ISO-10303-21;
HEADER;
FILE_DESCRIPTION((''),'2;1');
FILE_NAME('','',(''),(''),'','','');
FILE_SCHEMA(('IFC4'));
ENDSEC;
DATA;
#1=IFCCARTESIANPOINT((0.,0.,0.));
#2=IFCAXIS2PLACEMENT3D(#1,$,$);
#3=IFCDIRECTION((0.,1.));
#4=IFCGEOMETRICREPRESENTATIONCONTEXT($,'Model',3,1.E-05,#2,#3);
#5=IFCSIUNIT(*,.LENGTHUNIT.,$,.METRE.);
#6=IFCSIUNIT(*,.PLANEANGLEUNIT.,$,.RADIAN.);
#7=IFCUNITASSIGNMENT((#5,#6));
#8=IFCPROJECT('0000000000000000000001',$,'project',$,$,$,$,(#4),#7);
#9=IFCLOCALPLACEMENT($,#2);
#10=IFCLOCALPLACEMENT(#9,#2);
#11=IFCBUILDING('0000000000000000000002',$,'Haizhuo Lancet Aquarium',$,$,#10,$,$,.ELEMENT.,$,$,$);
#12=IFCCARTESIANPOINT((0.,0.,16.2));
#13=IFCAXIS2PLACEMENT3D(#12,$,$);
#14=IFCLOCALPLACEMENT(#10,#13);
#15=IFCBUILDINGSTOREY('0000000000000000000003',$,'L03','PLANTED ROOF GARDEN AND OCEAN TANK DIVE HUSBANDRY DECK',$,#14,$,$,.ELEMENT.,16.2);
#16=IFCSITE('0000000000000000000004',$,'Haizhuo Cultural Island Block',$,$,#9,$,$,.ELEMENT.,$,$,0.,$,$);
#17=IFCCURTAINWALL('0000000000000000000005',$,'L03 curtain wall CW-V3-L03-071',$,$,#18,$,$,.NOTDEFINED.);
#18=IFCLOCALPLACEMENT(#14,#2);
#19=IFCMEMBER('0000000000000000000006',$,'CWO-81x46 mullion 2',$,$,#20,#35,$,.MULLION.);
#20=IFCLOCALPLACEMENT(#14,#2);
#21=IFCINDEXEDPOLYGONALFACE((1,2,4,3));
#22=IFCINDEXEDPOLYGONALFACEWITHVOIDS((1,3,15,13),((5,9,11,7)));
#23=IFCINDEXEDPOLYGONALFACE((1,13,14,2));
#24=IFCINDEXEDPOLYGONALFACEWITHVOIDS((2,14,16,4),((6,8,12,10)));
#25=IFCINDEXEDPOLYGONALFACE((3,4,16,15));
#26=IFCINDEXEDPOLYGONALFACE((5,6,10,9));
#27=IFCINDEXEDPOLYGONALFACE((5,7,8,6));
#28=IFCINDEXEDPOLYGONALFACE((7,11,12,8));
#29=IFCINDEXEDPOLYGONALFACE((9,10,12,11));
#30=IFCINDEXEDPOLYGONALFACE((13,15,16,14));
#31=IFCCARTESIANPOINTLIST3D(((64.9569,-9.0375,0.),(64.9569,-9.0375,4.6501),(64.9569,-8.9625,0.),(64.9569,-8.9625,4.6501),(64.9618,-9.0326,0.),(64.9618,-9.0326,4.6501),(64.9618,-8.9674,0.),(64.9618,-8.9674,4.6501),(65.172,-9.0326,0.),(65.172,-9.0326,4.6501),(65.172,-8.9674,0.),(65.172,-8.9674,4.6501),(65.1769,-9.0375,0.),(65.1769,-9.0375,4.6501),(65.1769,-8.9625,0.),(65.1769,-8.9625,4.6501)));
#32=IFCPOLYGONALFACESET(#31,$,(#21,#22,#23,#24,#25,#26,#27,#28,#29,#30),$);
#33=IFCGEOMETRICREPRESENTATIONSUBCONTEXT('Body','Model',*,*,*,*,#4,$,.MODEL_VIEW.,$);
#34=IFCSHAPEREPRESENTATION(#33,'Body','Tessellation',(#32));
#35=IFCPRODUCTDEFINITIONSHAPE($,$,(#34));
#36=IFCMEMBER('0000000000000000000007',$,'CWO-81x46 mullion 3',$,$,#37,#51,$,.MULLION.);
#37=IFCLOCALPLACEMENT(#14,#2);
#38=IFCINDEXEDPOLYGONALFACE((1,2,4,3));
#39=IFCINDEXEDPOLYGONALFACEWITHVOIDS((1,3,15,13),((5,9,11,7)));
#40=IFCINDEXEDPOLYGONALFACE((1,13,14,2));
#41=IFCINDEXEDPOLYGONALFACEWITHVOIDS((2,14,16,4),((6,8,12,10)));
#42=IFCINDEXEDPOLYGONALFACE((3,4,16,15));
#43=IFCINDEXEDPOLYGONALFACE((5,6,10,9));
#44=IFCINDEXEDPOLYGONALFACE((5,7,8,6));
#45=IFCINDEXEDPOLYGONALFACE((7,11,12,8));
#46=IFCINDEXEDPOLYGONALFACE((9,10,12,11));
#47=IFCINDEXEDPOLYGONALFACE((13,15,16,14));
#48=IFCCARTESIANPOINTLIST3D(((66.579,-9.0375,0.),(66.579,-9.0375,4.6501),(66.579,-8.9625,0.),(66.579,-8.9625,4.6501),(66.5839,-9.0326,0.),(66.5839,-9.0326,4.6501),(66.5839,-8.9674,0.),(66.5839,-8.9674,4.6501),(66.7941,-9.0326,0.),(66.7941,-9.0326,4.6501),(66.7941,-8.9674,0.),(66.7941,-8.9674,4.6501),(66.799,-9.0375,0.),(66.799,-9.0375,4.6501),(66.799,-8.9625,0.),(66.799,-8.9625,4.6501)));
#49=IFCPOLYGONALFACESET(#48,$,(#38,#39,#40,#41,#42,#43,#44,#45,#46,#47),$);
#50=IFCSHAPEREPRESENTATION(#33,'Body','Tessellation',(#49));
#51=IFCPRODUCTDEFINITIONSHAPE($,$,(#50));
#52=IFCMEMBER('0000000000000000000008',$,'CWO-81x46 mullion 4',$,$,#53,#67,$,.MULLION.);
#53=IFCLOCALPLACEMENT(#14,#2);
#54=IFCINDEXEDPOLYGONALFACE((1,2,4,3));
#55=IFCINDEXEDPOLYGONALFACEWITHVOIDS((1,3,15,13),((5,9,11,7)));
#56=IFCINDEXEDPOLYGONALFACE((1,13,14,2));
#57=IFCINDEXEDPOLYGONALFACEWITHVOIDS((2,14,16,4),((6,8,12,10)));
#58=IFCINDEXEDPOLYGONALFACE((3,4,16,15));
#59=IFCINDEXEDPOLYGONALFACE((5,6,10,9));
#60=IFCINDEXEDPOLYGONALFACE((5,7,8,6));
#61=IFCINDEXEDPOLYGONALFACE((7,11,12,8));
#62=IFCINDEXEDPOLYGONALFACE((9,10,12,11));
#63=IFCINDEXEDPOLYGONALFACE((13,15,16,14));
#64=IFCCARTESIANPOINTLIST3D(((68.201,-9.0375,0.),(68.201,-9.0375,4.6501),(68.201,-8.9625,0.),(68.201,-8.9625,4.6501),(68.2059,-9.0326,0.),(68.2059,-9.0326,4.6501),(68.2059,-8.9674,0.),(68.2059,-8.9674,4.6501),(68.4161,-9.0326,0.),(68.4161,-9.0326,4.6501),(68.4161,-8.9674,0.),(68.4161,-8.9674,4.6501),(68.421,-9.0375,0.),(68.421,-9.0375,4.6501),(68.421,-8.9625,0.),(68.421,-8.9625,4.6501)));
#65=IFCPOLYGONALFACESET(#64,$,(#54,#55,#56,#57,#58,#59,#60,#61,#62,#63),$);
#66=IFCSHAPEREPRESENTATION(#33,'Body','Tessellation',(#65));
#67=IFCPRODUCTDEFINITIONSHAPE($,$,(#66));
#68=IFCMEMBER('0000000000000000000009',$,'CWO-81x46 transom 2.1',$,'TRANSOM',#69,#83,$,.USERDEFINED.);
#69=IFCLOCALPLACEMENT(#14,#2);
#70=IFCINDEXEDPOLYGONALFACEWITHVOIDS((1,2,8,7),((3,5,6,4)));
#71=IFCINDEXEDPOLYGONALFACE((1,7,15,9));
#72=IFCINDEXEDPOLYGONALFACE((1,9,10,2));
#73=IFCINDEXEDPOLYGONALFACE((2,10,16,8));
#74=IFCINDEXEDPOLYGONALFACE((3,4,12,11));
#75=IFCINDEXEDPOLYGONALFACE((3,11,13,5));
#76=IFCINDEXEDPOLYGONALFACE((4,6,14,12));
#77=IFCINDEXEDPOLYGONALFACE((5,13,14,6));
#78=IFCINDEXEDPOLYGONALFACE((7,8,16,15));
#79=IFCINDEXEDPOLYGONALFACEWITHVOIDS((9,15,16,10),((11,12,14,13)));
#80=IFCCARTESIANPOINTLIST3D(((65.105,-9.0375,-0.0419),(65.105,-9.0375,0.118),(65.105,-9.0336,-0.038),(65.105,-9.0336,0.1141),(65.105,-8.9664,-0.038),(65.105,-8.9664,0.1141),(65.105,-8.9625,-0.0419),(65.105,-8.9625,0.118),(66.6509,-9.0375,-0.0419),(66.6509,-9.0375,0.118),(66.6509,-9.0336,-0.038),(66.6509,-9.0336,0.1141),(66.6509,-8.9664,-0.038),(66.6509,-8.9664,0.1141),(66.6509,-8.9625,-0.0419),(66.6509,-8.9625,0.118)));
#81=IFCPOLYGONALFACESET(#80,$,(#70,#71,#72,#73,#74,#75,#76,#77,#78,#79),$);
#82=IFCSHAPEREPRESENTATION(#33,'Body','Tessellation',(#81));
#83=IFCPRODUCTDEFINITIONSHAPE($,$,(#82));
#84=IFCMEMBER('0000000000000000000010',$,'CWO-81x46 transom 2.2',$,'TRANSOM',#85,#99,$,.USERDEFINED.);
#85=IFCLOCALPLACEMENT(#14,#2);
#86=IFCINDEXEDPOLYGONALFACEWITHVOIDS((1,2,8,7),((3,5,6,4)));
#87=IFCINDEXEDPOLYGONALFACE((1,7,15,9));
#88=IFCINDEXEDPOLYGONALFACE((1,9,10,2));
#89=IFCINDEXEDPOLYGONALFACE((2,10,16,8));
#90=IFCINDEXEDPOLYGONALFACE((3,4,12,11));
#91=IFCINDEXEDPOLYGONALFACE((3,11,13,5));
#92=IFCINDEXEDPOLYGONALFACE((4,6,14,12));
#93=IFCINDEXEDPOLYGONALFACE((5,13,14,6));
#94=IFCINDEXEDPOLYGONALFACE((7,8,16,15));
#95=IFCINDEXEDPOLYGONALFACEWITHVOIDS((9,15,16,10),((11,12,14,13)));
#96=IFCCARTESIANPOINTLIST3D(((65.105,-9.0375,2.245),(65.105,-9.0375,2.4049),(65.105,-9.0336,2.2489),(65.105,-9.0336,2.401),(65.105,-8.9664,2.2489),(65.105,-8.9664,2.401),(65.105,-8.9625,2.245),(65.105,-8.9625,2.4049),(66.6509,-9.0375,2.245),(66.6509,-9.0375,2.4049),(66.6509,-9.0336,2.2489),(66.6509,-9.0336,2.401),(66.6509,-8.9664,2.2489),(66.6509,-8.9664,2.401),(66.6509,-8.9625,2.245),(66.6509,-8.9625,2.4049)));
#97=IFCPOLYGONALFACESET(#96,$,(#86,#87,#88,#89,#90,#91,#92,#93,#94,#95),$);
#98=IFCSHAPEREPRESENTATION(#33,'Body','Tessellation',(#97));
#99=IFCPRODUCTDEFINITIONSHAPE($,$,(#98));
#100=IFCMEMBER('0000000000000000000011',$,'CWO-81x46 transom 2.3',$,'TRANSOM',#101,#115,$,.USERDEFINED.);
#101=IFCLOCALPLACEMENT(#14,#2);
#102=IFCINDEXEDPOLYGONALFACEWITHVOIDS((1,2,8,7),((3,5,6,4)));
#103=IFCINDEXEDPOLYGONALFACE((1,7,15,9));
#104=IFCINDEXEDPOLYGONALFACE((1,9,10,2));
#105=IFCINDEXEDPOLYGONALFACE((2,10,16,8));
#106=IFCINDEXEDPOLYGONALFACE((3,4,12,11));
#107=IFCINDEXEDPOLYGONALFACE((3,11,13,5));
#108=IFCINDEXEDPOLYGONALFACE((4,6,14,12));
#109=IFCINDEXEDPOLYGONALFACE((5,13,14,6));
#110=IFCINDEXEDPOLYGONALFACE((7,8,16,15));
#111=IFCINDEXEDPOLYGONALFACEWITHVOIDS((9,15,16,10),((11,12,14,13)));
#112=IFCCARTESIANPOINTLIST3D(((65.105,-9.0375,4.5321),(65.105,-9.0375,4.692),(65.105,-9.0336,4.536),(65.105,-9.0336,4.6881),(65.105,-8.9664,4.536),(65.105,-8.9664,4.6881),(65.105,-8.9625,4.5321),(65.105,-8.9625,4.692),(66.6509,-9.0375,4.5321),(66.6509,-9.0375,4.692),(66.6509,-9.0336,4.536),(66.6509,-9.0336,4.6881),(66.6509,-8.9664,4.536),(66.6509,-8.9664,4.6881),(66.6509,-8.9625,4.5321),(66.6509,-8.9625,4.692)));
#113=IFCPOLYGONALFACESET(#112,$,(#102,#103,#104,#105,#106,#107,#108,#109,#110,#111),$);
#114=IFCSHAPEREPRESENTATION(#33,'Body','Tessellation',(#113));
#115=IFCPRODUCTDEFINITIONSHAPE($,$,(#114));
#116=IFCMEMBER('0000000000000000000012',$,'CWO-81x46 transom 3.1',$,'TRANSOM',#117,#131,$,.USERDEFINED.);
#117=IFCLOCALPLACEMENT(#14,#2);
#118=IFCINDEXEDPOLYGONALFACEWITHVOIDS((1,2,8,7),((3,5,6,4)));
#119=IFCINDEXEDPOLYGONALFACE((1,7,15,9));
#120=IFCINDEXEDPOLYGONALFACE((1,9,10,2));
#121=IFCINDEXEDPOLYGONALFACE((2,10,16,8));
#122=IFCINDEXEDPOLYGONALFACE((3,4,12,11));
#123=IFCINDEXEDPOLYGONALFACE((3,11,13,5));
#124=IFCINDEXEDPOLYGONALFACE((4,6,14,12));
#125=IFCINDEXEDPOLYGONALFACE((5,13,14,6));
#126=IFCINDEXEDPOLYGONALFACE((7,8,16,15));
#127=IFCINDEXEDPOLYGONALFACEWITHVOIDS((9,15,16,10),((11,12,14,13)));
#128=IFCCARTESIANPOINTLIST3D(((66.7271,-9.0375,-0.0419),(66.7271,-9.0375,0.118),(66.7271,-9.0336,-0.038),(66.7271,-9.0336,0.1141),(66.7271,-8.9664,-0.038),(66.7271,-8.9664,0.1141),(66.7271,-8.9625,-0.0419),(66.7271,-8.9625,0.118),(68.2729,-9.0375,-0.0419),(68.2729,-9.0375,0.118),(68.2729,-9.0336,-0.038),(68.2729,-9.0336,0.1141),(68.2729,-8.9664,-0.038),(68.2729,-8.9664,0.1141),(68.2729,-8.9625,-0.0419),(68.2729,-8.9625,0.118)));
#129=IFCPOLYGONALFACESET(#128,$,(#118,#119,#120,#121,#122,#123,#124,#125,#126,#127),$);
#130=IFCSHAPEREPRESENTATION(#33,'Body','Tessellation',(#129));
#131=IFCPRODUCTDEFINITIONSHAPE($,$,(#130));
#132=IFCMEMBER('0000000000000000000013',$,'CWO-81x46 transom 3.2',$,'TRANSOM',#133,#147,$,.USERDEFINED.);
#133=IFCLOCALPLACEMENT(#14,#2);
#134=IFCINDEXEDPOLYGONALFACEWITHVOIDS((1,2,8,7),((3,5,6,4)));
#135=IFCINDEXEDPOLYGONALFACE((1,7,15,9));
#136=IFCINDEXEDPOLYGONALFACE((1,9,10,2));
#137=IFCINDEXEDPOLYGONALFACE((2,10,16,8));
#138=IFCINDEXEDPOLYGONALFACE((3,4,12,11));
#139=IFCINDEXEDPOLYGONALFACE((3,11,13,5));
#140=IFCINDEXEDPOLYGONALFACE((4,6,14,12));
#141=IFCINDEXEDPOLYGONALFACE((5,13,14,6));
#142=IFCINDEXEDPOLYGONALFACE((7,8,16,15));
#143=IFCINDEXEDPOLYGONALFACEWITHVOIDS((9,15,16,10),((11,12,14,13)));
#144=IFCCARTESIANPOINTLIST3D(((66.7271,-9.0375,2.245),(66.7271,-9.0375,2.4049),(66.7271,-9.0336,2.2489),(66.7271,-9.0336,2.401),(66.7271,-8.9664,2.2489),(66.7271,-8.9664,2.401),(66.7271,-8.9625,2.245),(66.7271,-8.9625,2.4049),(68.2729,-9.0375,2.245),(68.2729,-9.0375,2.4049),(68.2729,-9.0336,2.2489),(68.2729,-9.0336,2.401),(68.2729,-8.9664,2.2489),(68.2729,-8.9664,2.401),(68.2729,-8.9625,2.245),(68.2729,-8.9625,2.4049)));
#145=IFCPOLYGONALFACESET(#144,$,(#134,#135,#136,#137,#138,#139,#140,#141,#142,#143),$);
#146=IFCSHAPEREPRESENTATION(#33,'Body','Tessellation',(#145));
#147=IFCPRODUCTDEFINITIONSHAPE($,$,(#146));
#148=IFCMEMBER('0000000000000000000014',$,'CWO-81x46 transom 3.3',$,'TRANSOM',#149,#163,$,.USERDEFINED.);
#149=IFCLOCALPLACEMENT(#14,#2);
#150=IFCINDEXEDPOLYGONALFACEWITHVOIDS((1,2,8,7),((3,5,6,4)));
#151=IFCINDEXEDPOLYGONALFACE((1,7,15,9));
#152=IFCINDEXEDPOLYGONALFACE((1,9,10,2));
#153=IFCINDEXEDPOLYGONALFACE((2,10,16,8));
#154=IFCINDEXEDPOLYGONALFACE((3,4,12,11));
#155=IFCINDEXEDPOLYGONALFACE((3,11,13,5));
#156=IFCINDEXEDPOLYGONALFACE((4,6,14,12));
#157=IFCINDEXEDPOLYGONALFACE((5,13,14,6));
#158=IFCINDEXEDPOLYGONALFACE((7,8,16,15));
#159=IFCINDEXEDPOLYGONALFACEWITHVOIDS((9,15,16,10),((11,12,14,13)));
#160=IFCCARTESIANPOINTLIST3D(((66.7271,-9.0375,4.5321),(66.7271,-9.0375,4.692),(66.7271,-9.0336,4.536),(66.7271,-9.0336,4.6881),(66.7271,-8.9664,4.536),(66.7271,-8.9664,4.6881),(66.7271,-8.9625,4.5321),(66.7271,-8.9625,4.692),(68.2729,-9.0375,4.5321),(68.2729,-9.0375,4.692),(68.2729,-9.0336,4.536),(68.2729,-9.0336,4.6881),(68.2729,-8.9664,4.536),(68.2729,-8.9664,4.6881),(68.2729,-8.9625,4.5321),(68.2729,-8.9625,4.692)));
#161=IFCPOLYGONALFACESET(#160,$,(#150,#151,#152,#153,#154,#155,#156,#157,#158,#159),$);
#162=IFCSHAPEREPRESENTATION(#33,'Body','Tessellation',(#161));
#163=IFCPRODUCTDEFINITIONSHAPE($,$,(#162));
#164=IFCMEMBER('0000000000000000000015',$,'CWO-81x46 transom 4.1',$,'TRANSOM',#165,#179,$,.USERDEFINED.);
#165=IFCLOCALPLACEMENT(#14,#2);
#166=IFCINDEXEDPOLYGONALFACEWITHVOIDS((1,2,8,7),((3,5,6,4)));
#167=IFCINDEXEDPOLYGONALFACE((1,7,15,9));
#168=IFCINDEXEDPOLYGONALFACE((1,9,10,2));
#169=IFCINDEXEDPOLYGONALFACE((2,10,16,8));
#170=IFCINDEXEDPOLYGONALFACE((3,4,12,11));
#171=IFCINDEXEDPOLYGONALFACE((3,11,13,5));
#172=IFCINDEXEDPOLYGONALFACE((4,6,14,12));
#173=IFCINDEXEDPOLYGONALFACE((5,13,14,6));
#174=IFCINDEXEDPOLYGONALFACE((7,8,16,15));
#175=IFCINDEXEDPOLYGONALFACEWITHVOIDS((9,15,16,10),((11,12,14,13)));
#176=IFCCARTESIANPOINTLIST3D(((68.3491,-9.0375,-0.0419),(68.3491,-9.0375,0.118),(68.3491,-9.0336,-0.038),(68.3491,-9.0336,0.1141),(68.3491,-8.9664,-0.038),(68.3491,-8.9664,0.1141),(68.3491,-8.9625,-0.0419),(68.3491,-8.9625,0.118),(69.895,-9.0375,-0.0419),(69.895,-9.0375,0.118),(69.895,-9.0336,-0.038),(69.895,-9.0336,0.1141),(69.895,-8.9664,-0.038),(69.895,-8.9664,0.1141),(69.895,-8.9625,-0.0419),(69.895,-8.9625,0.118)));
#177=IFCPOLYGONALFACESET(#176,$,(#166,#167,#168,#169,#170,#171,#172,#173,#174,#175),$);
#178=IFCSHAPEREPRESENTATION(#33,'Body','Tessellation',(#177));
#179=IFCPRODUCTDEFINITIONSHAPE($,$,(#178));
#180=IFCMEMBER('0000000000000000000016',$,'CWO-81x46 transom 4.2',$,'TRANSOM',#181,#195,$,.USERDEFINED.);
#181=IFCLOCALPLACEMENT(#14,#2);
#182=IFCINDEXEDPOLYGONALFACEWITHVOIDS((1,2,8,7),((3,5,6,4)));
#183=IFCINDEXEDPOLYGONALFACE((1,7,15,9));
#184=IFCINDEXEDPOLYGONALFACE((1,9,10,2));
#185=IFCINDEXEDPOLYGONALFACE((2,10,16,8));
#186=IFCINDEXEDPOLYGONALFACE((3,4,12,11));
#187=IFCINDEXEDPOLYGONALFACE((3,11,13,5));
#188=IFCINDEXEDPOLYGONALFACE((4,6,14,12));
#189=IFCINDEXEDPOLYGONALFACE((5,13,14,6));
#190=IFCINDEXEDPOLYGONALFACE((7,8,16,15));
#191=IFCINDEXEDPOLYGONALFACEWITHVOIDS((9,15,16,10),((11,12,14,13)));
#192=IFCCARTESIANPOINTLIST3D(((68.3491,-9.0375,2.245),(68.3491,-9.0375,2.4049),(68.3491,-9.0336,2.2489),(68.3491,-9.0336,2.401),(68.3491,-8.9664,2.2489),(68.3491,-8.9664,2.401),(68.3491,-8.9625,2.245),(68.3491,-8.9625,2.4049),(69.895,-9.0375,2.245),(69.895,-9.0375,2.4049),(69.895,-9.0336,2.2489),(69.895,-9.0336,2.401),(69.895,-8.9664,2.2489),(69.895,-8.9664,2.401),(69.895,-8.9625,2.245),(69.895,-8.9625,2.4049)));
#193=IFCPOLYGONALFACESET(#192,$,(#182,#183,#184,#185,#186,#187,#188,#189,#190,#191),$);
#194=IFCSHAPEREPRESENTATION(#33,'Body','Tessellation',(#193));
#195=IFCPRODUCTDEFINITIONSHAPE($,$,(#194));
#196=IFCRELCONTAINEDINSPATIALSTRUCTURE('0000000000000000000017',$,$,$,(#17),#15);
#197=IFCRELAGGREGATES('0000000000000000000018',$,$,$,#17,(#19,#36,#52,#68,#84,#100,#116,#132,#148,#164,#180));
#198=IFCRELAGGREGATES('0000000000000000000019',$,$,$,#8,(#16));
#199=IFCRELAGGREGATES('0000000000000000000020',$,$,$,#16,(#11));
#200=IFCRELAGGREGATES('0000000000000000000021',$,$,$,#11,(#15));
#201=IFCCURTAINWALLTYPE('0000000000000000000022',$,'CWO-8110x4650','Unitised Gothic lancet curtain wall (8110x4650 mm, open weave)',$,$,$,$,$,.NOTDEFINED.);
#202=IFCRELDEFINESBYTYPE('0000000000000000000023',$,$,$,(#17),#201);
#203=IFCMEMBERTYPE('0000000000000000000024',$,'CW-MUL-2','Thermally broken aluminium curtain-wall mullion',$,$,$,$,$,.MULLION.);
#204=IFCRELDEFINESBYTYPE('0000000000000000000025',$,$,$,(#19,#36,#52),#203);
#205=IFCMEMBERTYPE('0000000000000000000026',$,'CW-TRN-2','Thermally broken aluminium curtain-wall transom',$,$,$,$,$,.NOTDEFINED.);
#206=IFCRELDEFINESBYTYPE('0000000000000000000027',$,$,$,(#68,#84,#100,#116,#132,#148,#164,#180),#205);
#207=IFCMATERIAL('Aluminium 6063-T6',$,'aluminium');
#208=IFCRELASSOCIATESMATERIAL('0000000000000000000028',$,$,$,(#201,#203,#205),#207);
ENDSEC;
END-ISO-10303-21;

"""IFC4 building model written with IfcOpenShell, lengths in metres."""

from ifc_helpers import new_model, si_unit, direction, frame, origin, origin_2d, place, context, subcontext, project, spatial, hollow_rectangle, extrude, material, material_profile, profile_set, type_object, element, aggregate, save


model = new_model("IFC4")

# Units and contexts
model_context = context("Model", 3, precision=1e-05, world=origin(), true_north=direction((0.0, 1.0)))
body_context = subcontext(model_context, "Body", "Model", "MODEL_VIEW")
ifc_project = project(units=[si_unit("LENGTHUNIT", "METRE"), si_unit("PLANEANGLEUNIT", "RADIAN")], contexts=[model_context])

# Site, building, storey
site_placement = place(None, origin())
site = spatial("IfcSite", under=ifc_project, at=site_placement, Name="Haizhuo Cultural Island Block", CompositionType="ELEMENT", RefElevation=0.0)
building_placement = place(site_placement, origin())
building = spatial("IfcBuilding", under=site, at=building_placement, Name="Haizhuo Lancet Aquarium", CompositionType="ELEMENT")
storey_placement = place(building_placement, frame((0.0, 0.0, 16.2)))
storey = spatial("IfcBuildingStorey", under=building, at=storey_placement, Name="L03", Description="PLANTED ROOF GARDEN AND OCEAN TANK DIVE HUSBANDRY DECK", CompositionType="ELEMENT", Elevation=16.2)

# Curtain wall, members
ifc_material_1 = material(Name="Aluminium 6063-T6", Category="aluminium")
curtain_wall_type = type_object("IfcCurtainWallType", Name="CWO-8110x4650", Description="Unitised Gothic lancet curtain wall (8110x4650 mm, open weave)", PredefinedType="NOTDEFINED", material=ifc_material_1)
curtain_wall_placement = place(storey_placement, origin())
curtain_wall = element("IfcCurtainWall", 1, at=curtain_wall_placement, inside=storey, type_object=curtain_wall_type, Name="L03 curtain wall CW-V3-L03-071", PredefinedType="NOTDEFINED")
ifc_material_profile_1 = material_profile(ifc_material_1, hollow_rectangle(XDim=0.075, YDim=0.22, WallThickness=0.0049, at=origin_2d()), Name="ALU-M 75x220x5")
ifc_profile_set_1 = profile_set([ifc_material_profile_1], Name="Aluminium 6063-T6")
member_type_1 = type_object("IfcMemberType", Name="CW-MUL-2", Description="Thermally broken aluminium curtain-wall mullion", PredefinedType="MULLION", material=ifc_profile_set_1)
member_1_placement = place(storey_placement, frame((65.0669, -9.0, 0.0), z_axis=(0.0, 0.0, 1.0), x_axis=(0.0, 1.0, 0.0)))
member_1 = element("IfcMember", 2, at=member_1_placement, type_object=member_type_1, Name="CWO-81x46 mullion 2", PredefinedType="MULLION", context=body_context, shape_type="SweptSolid", body=[
    extrude(hollow_rectangle(XDim=0.075, YDim=0.22, WallThickness=0.0049, at=origin_2d()), origin(), (0.0, 0.0, 1.0), 4.6501),
])
member_2_placement = place(storey_placement, frame((66.689, -9.0, 0.0), z_axis=(0.0, 0.0, 1.0), x_axis=(0.0, 1.0, 0.0)))
member_2 = element("IfcMember", 3, at=member_2_placement, type_object=member_type_1, Name="CWO-81x46 mullion 3", PredefinedType="MULLION", context=body_context, shape_type="SweptSolid", body=[
    extrude(hollow_rectangle(XDim=0.075, YDim=0.22, WallThickness=0.0049, at=origin_2d()), origin(), (0.0, 0.0, 1.0), 4.6501),
])
member_3_placement = place(storey_placement, frame((68.311, -9.0, 0.0), z_axis=(0.0, 0.0, 1.0), x_axis=(0.0, 1.0, 0.0)))
member_3 = element("IfcMember", 4, at=member_3_placement, type_object=member_type_1, Name="CWO-81x46 mullion 4", PredefinedType="MULLION", context=body_context, shape_type="SweptSolid", body=[
    extrude(hollow_rectangle(XDim=0.075, YDim=0.22, WallThickness=0.0049, at=origin_2d()), origin(), (0.0, 0.0, 1.0), 4.6501),
])
ifc_material_profile_2 = material_profile(ifc_material_1, hollow_rectangle(XDim=0.075, YDim=0.1599, WallThickness=0.0039, at=origin_2d()), Name="ALU-T 75x160x4")
ifc_profile_set_2 = profile_set([ifc_material_profile_2], Name="Aluminium 6063-T6")
member_type_2 = type_object("IfcMemberType", Name="CW-TRN-2", Description="Thermally broken aluminium curtain-wall transom", PredefinedType="NOTDEFINED", material=ifc_profile_set_2)
member_4_placement = place(storey_placement, frame((65.105, -9.0, 0.0381), z_axis=(1.0, 0.0, 0.0), x_axis=(0.0, 1.0, 0.0)))
member_4 = element("IfcMember", 5, at=member_4_placement, type_object=member_type_2, Name="CWO-81x46 transom 2.1", ObjectType="TRANSOM", PredefinedType="USERDEFINED", context=body_context, shape_type="SweptSolid", body=[
    extrude(hollow_rectangle(XDim=0.075, YDim=0.1599, WallThickness=0.0039, at=origin_2d()), origin(), (0.0, 0.0, 1.0), 1.5459),
])
member_5_placement = place(storey_placement, frame((65.105, -9.0, 2.325), z_axis=(1.0, 0.0, 0.0), x_axis=(0.0, 1.0, 0.0)))
member_5 = element("IfcMember", 6, at=member_5_placement, type_object=member_type_2, Name="CWO-81x46 transom 2.2", ObjectType="TRANSOM", PredefinedType="USERDEFINED", context=body_context, shape_type="SweptSolid", body=[
    extrude(hollow_rectangle(XDim=0.075, YDim=0.1599, WallThickness=0.0039, at=origin_2d()), origin(), (0.0, 0.0, 1.0), 1.5459),
])
member_6_placement = place(storey_placement, frame((65.105, -9.0, 4.6121), z_axis=(1.0, 0.0, 0.0), x_axis=(0.0, 1.0, 0.0)))
member_6 = element("IfcMember", 7, at=member_6_placement, type_object=member_type_2, Name="CWO-81x46 transom 2.3", ObjectType="TRANSOM", PredefinedType="USERDEFINED", context=body_context, shape_type="SweptSolid", body=[
    extrude(hollow_rectangle(XDim=0.075, YDim=0.1599, WallThickness=0.0039, at=origin_2d()), origin(), (0.0, 0.0, 1.0), 1.5459),
])
member_7_placement = place(storey_placement, frame((66.7271, -9.0, 0.0381), z_axis=(1.0, 0.0, 0.0), x_axis=(0.0, 1.0, 0.0)))
member_7 = element("IfcMember", 8, at=member_7_placement, type_object=member_type_2, Name="CWO-81x46 transom 3.1", ObjectType="TRANSOM", PredefinedType="USERDEFINED", context=body_context, shape_type="SweptSolid", body=[
    extrude(hollow_rectangle(XDim=0.075, YDim=0.1599, WallThickness=0.0039, at=origin_2d()), origin(), (0.0, 0.0, 1.0), 1.5459),
])
member_8_placement = place(storey_placement, frame((66.7271, -9.0, 2.325), z_axis=(1.0, 0.0, 0.0), x_axis=(0.0, 1.0, 0.0)))
member_8 = element("IfcMember", 9, at=member_8_placement, type_object=member_type_2, Name="CWO-81x46 transom 3.2", ObjectType="TRANSOM", PredefinedType="USERDEFINED", context=body_context, shape_type="SweptSolid", body=[
    extrude(hollow_rectangle(XDim=0.075, YDim=0.1599, WallThickness=0.0039, at=origin_2d()), origin(), (0.0, 0.0, 1.0), 1.5459),
])
member_9_placement = place(storey_placement, frame((66.7271, -9.0, 4.6121), z_axis=(1.0, 0.0, 0.0), x_axis=(0.0, 1.0, 0.0)))
member_9 = element("IfcMember", 10, at=member_9_placement, type_object=member_type_2, Name="CWO-81x46 transom 3.3", ObjectType="TRANSOM", PredefinedType="USERDEFINED", context=body_context, shape_type="SweptSolid", body=[
    extrude(hollow_rectangle(XDim=0.075, YDim=0.1599, WallThickness=0.0039, at=origin_2d()), origin(), (0.0, 0.0, 1.0), 1.5459),
])
member_10_placement = place(storey_placement, frame((68.3491, -9.0, 0.0381), z_axis=(1.0, 0.0, 0.0), x_axis=(0.0, 1.0, 0.0)))
member_10 = element("IfcMember", 11, at=member_10_placement, type_object=member_type_2, Name="CWO-81x46 transom 4.1", ObjectType="TRANSOM", PredefinedType="USERDEFINED", context=body_context, shape_type="SweptSolid", body=[
    extrude(hollow_rectangle(XDim=0.075, YDim=0.1599, WallThickness=0.0039, at=origin_2d()), origin(), (0.0, 0.0, 1.0), 1.5459),
])
member_11_placement = place(storey_placement, frame((68.3491, -9.0, 2.325), z_axis=(1.0, 0.0, 0.0), x_axis=(0.0, 1.0, 0.0)))
member_11 = element("IfcMember", 12, at=member_11_placement, type_object=member_type_2, Name="CWO-81x46 transom 4.2", ObjectType="TRANSOM", PredefinedType="USERDEFINED", context=body_context, shape_type="SweptSolid", body=[
    extrude(hollow_rectangle(XDim=0.075, YDim=0.1599, WallThickness=0.0039, at=origin_2d()), origin(), (0.0, 0.0, 1.0), 1.5459),
])

aggregate(curtain_wall, [member_1, member_2, member_3, member_4, member_5, member_6, member_7, member_8, member_9, member_10, member_11])

save(model, "model.ifc")
